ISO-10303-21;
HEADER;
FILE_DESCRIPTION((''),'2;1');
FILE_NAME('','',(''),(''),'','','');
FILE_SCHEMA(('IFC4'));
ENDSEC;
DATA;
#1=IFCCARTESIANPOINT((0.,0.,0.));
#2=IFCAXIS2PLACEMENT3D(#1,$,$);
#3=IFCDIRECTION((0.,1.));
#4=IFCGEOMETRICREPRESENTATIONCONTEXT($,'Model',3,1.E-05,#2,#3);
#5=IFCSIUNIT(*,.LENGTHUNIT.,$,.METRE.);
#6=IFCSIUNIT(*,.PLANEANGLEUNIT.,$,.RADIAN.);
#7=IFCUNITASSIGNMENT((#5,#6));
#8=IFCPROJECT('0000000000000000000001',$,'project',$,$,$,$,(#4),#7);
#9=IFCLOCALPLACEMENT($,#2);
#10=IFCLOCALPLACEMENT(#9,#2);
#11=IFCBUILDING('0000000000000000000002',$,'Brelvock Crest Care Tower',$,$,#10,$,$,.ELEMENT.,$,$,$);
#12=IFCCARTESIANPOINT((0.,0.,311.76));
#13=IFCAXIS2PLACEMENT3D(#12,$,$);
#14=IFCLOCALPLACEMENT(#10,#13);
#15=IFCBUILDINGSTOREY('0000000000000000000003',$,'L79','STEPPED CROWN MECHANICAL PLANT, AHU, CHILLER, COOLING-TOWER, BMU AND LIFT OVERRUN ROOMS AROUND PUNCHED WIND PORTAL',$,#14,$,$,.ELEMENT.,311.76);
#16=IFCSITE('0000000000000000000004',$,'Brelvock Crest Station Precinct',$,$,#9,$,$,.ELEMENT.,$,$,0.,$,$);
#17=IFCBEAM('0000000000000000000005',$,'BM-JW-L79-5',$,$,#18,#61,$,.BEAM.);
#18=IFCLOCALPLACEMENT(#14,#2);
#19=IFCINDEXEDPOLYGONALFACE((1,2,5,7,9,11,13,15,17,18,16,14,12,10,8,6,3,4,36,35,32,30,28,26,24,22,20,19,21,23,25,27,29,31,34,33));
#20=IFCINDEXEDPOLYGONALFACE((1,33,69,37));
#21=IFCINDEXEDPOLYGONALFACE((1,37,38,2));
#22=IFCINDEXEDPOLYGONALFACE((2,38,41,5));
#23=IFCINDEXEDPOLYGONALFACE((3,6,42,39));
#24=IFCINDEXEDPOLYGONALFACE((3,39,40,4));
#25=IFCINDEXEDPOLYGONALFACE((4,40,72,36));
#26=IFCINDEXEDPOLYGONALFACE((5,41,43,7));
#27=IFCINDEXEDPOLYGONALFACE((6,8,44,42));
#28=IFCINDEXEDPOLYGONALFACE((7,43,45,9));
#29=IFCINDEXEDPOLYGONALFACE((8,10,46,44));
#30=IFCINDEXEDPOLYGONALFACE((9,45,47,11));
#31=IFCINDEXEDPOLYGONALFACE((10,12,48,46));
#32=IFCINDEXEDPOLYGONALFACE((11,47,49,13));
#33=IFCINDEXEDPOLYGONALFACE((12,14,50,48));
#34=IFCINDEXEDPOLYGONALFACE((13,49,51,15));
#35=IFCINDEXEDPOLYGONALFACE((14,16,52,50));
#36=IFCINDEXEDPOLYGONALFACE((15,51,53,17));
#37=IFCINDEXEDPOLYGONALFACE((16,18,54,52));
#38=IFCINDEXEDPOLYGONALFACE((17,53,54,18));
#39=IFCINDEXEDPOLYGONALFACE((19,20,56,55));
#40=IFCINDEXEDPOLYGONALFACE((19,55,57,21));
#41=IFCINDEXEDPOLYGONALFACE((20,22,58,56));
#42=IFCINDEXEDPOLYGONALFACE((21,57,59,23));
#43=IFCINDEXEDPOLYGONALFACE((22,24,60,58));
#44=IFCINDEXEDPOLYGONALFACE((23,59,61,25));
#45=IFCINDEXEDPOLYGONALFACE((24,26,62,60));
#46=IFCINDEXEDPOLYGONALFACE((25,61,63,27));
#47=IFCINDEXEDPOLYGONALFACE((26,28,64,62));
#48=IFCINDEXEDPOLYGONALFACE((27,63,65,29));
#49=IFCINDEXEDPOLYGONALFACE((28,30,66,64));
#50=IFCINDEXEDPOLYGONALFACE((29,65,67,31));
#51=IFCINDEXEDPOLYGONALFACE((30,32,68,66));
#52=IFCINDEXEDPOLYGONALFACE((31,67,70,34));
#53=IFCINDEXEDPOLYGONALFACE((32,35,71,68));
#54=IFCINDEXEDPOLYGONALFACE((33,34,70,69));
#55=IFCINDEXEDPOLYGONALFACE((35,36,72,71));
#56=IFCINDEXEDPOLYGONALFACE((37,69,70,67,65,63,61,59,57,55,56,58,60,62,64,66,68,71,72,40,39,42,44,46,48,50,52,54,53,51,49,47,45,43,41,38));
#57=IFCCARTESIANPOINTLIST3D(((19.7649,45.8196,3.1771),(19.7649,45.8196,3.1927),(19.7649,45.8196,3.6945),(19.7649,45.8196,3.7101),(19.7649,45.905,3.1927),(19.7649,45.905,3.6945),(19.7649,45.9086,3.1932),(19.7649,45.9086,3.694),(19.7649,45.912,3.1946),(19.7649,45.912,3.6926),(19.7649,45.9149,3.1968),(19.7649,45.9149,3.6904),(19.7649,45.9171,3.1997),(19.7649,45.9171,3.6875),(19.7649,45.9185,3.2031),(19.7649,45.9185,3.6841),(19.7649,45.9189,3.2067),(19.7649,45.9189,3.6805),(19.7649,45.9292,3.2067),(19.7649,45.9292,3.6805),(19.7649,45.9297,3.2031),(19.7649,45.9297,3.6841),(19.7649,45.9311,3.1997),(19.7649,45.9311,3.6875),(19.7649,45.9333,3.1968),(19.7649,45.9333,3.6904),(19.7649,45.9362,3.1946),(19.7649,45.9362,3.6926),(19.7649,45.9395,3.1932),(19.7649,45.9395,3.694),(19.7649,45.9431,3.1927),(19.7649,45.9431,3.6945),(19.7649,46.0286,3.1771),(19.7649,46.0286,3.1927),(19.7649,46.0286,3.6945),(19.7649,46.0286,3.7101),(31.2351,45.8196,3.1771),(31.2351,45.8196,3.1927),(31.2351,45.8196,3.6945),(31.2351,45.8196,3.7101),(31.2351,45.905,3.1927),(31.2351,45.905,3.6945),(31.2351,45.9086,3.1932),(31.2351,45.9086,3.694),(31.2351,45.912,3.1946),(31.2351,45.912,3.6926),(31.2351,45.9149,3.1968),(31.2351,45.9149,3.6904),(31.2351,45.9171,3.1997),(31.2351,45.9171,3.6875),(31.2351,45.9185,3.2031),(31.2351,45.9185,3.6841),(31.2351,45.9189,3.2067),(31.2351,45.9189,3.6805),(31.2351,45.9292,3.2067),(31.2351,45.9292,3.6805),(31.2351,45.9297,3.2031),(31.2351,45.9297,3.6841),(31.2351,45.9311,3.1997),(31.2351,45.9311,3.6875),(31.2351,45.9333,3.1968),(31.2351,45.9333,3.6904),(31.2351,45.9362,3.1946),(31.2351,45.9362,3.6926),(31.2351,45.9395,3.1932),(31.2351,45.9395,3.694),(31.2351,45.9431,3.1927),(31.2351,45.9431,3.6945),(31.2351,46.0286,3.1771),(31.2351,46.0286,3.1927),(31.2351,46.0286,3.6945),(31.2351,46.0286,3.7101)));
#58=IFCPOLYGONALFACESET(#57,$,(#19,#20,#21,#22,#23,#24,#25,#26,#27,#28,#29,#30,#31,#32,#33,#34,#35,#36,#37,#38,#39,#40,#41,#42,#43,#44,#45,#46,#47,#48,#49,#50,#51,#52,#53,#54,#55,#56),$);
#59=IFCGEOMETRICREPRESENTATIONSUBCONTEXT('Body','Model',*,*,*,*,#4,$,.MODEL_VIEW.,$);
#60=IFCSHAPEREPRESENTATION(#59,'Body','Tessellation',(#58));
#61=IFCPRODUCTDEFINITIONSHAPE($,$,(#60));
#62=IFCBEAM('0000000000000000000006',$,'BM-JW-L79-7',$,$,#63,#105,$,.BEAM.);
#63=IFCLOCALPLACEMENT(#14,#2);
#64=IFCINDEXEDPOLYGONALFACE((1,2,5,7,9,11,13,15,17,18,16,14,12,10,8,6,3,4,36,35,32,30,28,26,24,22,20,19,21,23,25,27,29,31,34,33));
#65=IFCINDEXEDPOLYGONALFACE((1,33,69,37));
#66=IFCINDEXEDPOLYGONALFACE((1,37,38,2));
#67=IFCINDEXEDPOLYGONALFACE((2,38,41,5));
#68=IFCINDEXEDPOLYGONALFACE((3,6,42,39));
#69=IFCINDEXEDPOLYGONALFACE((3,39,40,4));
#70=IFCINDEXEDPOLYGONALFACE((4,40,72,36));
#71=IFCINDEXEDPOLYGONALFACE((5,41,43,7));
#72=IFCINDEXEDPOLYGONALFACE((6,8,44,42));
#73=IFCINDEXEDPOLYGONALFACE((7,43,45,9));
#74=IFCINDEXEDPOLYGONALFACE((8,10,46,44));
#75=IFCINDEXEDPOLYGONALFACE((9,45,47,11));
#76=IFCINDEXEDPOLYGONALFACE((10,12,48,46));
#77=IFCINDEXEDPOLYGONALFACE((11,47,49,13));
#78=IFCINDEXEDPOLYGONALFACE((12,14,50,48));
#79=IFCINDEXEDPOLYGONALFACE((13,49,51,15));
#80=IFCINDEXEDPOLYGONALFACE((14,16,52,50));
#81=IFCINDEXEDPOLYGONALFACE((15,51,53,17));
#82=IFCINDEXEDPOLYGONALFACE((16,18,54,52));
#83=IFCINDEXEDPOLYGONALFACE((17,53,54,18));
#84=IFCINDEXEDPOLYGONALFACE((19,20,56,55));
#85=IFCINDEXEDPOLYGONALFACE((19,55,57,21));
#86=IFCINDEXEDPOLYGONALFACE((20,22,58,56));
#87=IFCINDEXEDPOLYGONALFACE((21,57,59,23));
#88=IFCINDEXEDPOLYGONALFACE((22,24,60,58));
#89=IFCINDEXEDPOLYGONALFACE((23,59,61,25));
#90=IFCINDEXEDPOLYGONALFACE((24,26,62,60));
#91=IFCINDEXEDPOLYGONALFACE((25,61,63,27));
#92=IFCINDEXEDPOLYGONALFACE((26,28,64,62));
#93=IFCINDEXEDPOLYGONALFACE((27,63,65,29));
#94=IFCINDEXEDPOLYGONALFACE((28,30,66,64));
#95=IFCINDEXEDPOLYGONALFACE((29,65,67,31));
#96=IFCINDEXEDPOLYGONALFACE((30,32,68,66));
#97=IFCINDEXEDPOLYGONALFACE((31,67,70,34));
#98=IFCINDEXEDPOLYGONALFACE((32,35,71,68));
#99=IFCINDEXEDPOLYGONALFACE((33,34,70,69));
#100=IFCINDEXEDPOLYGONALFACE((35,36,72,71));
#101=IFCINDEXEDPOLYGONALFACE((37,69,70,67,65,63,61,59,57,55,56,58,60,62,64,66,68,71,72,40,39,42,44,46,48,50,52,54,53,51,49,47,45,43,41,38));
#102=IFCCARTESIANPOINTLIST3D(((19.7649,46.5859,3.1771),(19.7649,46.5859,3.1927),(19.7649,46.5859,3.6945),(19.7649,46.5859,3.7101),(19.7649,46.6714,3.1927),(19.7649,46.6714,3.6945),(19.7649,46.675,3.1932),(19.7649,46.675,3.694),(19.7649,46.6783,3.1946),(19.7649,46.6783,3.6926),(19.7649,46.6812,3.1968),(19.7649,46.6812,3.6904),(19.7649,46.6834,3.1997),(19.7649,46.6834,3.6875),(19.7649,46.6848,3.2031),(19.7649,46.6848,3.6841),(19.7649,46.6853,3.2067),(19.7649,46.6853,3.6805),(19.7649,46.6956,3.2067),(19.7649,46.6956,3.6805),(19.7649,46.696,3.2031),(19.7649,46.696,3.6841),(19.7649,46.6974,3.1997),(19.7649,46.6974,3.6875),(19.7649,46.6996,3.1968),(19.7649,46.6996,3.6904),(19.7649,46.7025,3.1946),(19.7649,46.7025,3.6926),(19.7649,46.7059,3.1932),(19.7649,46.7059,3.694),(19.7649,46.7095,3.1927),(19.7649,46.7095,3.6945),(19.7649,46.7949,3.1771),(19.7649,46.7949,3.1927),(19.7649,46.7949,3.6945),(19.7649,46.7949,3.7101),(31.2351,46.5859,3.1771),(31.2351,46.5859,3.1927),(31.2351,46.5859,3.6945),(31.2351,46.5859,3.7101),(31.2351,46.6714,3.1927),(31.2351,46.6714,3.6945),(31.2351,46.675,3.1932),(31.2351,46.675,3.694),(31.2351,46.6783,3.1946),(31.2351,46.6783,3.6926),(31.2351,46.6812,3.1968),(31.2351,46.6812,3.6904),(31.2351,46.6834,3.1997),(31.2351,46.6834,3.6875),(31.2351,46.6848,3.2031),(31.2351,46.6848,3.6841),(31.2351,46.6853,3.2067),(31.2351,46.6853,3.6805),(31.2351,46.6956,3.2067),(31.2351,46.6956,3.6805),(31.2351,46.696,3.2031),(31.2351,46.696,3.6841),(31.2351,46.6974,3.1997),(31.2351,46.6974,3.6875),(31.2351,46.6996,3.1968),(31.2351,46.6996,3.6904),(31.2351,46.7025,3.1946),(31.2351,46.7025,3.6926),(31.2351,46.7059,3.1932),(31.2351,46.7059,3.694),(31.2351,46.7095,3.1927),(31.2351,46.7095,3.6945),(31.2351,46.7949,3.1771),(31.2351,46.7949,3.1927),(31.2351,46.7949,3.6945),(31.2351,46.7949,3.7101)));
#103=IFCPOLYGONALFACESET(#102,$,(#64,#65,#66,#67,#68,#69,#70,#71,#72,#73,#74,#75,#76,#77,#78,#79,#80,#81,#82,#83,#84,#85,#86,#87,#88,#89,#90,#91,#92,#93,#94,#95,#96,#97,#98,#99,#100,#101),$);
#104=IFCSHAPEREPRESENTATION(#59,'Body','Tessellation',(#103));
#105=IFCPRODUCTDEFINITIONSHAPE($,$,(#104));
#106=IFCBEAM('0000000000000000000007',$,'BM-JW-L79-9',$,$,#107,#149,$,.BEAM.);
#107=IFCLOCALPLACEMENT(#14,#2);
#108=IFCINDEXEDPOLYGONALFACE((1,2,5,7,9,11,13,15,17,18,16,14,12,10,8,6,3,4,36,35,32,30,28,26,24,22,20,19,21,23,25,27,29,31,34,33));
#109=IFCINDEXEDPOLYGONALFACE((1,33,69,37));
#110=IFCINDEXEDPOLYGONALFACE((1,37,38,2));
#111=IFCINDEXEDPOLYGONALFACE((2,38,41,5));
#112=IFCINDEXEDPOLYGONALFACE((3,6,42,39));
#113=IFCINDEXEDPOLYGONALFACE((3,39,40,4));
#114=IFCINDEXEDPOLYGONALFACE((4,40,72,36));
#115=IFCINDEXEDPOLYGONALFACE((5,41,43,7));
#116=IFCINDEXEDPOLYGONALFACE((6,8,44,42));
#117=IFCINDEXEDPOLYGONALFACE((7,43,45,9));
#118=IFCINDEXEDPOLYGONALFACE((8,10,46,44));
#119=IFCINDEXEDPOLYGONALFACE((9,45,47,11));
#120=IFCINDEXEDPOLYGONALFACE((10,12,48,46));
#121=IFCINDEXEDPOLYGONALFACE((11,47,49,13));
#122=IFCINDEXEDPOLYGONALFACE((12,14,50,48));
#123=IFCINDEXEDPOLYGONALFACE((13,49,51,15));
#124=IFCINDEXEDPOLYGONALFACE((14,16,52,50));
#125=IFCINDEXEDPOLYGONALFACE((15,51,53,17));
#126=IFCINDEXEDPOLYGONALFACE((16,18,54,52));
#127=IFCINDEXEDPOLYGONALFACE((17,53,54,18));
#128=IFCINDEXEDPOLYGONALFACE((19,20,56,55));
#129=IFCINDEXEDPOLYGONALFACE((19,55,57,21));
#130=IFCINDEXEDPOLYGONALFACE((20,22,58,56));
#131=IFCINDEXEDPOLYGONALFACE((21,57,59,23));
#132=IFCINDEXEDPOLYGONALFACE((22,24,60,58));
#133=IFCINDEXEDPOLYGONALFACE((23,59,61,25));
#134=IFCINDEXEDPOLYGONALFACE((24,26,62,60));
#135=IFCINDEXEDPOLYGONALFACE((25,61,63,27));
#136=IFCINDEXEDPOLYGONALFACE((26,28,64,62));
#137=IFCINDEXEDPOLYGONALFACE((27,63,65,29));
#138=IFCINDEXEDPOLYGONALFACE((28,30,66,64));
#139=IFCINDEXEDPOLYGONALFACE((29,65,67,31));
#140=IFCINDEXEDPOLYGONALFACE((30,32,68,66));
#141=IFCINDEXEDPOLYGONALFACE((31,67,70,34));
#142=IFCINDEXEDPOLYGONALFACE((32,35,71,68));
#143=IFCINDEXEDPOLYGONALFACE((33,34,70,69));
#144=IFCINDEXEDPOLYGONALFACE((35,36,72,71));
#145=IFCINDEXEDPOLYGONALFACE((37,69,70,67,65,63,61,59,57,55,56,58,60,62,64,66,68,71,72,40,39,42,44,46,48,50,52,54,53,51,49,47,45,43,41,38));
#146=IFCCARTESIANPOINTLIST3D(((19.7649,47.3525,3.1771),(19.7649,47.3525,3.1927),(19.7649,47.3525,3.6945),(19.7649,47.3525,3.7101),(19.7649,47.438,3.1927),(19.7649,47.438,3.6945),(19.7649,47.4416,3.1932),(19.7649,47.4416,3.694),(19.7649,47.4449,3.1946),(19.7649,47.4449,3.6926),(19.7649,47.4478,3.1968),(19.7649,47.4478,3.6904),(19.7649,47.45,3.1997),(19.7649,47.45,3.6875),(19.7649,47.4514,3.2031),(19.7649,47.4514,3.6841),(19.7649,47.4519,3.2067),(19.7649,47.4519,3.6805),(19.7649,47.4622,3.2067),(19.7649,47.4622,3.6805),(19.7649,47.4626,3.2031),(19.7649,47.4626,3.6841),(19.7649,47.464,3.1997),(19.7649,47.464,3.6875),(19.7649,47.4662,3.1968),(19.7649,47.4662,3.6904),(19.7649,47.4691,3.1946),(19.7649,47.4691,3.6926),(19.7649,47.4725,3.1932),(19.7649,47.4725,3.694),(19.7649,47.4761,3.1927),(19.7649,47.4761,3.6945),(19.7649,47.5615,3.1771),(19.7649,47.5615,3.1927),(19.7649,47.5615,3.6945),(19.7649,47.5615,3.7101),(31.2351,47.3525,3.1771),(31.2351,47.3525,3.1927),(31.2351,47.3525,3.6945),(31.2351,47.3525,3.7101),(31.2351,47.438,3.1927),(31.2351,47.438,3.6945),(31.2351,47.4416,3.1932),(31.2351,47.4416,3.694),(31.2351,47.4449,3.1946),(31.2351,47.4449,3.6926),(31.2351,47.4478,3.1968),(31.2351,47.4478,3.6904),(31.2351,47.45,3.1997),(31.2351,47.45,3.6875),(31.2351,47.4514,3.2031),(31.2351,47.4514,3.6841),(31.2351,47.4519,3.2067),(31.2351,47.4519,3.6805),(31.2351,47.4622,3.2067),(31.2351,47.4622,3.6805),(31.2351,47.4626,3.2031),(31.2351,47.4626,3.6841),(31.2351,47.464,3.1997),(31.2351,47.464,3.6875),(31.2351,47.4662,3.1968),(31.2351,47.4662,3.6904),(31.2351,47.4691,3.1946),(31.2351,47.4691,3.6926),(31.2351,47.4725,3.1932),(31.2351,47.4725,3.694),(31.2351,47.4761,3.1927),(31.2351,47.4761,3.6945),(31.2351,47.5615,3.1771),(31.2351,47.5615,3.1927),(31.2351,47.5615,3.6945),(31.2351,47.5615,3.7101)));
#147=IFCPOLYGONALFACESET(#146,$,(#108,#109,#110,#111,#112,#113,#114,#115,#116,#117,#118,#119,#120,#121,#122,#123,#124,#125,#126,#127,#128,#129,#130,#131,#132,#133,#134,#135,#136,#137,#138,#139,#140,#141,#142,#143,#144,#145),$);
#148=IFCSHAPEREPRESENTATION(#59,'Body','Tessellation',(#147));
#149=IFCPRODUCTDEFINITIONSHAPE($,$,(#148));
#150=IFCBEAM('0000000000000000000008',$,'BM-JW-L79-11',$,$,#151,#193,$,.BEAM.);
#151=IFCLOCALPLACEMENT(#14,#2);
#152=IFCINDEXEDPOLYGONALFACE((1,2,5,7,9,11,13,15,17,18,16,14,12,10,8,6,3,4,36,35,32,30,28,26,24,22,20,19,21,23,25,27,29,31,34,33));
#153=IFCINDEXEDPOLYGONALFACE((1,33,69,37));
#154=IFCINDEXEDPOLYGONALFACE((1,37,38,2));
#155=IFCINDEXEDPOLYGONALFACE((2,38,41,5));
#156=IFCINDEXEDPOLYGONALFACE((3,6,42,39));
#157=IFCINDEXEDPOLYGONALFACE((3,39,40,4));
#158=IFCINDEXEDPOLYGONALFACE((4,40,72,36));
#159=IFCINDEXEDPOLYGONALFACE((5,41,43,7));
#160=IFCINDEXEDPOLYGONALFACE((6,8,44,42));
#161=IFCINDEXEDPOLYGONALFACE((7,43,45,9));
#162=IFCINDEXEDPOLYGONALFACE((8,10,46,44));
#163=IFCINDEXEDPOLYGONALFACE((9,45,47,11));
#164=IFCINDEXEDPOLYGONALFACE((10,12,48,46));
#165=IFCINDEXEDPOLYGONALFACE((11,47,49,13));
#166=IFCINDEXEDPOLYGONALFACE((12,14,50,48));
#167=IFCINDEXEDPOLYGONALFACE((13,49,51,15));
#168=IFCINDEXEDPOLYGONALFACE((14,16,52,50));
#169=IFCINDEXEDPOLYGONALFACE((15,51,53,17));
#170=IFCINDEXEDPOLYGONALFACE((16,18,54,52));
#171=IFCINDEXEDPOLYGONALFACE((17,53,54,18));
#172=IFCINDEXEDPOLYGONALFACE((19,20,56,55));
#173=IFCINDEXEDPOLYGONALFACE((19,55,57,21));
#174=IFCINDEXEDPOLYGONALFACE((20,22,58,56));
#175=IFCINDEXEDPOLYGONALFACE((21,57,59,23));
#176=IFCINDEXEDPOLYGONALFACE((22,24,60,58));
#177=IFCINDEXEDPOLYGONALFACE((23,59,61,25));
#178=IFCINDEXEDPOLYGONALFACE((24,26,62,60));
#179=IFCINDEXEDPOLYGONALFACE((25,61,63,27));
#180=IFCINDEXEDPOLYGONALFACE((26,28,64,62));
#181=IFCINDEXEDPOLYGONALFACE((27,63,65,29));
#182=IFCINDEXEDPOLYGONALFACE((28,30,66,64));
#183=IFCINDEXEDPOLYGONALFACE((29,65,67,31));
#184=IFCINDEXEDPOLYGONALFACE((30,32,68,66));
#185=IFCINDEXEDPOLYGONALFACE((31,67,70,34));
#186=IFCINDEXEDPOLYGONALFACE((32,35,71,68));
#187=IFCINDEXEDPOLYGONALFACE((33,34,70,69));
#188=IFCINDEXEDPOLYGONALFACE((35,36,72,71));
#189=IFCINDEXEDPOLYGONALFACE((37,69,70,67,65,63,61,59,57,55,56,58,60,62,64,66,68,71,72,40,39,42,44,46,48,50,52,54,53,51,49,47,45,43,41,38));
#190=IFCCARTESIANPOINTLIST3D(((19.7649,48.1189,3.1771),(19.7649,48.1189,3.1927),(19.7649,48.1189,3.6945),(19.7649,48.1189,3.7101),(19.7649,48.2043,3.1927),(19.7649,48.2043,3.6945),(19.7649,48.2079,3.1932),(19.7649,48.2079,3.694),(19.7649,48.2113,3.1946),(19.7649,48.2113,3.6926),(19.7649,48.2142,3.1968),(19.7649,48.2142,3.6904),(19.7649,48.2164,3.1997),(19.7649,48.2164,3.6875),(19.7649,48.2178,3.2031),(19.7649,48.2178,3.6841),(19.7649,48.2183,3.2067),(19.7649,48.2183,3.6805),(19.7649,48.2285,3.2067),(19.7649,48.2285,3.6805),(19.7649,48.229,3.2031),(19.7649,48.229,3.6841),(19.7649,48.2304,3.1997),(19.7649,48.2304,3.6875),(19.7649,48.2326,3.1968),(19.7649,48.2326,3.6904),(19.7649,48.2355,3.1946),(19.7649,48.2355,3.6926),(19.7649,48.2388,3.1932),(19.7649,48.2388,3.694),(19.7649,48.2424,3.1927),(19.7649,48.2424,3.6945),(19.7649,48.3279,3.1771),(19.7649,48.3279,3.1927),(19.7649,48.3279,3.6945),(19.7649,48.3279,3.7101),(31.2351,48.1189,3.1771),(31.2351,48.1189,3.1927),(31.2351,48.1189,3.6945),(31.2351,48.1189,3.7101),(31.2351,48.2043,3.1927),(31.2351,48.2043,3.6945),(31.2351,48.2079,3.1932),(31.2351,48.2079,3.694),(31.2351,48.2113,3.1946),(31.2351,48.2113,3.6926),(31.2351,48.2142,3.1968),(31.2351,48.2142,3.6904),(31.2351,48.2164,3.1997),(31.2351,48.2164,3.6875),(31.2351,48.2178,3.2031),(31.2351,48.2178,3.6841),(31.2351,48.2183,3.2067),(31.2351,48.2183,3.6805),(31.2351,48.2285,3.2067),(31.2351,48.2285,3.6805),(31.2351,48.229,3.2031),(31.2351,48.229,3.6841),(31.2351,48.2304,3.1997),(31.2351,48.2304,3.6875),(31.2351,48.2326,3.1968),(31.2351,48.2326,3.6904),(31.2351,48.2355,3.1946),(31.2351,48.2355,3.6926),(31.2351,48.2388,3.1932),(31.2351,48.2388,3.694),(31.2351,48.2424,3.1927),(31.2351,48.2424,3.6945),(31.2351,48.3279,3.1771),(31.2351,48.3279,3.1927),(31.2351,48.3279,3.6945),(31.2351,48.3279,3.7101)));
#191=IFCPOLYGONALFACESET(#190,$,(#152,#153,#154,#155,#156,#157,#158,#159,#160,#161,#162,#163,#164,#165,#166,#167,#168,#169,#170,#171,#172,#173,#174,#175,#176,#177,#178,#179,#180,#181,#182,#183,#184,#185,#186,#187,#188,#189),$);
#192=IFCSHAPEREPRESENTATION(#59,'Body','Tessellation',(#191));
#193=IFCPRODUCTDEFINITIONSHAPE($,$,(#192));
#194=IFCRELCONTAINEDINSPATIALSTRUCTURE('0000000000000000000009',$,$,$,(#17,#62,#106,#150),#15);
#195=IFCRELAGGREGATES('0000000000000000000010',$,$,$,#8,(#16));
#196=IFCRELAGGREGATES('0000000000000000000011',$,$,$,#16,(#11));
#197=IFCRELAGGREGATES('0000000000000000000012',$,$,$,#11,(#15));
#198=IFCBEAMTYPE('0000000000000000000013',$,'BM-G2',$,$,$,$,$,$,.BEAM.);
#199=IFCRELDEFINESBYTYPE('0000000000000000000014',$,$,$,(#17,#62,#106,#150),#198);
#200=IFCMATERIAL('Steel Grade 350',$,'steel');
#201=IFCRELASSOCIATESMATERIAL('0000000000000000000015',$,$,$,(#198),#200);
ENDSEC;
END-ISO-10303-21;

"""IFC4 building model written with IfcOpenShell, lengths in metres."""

from ifc_helpers import new_model, si_unit, direction, frame, origin, origin_2d, place, context, subcontext, project, spatial, i_section, extrude, source, transform, mapped, material, material_profile, profile_set, type_object, element, save


model = new_model("IFC4")

# Units and contexts
model_context = context("Model", 3, precision=1e-05, world=origin(), true_north=direction((0.0, 1.0)))
body_context = subcontext(model_context, "Body", "Model", "MODEL_VIEW")
ifc_project = project(units=[si_unit("LENGTHUNIT", "METRE"), si_unit("PLANEANGLEUNIT", "RADIAN")], contexts=[model_context])

# Site, building, storey
site_placement = place(None, origin())
site = spatial("IfcSite", under=ifc_project, at=site_placement, Name="Brelvock Crest Station Precinct", CompositionType="ELEMENT", RefElevation=0.0)
building_placement = place(site_placement, origin())
building = spatial("IfcBuilding", under=site, at=building_placement, Name="Brelvock Crest Care Tower", CompositionType="ELEMENT")
storey_placement = place(building_placement, frame((0.0, 0.0, 311.76)))
storey = spatial("IfcBuildingStorey", under=building, at=storey_placement, Name="L79", Description="STEPPED CROWN MECHANICAL PLANT, AHU, CHILLER, COOLING-TOWER, BMU AND LIFT OVERRUN ROOMS AROUND PUNCHED WIND PORTAL", CompositionType="ELEMENT", Elevation=311.76)

# Shared definitions
ifc_material_1 = material(Name="Steel Grade 350", Category="steel")

# Beams
ifc_material_profile_1 = material_profile(ifc_material_1, i_section(OverallWidth=0.209, OverallDepth=0.533, WebThickness=0.0103, FlangeThickness=0.0156, FilletRadius=0.0139, at=origin_2d()), Name="530UB92.4")
ifc_profile_set_1 = profile_set([ifc_material_profile_1], Name="Steel Grade 350")
beam_type_1 = type_object("IfcBeamType", Name="BM-G2", PredefinedType="BEAM", material=ifc_profile_set_1)
shared_shape_1 = source(origin(), body_context, "Body", "SweptSolid", [
    extrude(i_section(OverallWidth=0.209, OverallDepth=0.533, WebThickness=0.0103, FlangeThickness=0.0156, FilletRadius=0.0139, at=origin_2d()), origin(), (0.0, 0.0, 1.0), 11.4702),
])
for number, where, z_axis, x_axis, name in (
    (1, (19.7649, 45.9241, 3.4436), (1.0, 0.0, 0.0), (0.0, 1.0, 0.0), "BM-JW-L79-5"),
    (2, (19.7649, 46.6904, 3.4436), (1.0, 0.0, 0.0), (0.0, 1.0, 0.0), "BM-JW-L79-7"),
    (3, (19.7649, 47.457, 3.4436), (1.0, 0.0, 0.0), (0.0, 1.0, 0.0), "BM-JW-L79-9"),
    (4, (19.7649, 48.2234, 3.4436), (1.0, 0.0, 0.0), (0.0, 1.0, 0.0), "BM-JW-L79-11"),
):
    element("IfcBeam", number, at=place(storey_placement, frame(where, z_axis=z_axis, x_axis=x_axis)), inside=storey, type_object=beam_type_1, Name=name, PredefinedType="BEAM", context=body_context, shape_type="MappedRepresentation", body=[
        mapped(shared_shape_1, transform((0.0, 0.0, 0.0), x_axis=(1.0, 0.0, 0.0), y_axis=(0.0, 1.0, 0.0), z_axis=(0.0, 0.0, 1.0), scale=1.0)),
    ])

save(model, "model.ifc")
